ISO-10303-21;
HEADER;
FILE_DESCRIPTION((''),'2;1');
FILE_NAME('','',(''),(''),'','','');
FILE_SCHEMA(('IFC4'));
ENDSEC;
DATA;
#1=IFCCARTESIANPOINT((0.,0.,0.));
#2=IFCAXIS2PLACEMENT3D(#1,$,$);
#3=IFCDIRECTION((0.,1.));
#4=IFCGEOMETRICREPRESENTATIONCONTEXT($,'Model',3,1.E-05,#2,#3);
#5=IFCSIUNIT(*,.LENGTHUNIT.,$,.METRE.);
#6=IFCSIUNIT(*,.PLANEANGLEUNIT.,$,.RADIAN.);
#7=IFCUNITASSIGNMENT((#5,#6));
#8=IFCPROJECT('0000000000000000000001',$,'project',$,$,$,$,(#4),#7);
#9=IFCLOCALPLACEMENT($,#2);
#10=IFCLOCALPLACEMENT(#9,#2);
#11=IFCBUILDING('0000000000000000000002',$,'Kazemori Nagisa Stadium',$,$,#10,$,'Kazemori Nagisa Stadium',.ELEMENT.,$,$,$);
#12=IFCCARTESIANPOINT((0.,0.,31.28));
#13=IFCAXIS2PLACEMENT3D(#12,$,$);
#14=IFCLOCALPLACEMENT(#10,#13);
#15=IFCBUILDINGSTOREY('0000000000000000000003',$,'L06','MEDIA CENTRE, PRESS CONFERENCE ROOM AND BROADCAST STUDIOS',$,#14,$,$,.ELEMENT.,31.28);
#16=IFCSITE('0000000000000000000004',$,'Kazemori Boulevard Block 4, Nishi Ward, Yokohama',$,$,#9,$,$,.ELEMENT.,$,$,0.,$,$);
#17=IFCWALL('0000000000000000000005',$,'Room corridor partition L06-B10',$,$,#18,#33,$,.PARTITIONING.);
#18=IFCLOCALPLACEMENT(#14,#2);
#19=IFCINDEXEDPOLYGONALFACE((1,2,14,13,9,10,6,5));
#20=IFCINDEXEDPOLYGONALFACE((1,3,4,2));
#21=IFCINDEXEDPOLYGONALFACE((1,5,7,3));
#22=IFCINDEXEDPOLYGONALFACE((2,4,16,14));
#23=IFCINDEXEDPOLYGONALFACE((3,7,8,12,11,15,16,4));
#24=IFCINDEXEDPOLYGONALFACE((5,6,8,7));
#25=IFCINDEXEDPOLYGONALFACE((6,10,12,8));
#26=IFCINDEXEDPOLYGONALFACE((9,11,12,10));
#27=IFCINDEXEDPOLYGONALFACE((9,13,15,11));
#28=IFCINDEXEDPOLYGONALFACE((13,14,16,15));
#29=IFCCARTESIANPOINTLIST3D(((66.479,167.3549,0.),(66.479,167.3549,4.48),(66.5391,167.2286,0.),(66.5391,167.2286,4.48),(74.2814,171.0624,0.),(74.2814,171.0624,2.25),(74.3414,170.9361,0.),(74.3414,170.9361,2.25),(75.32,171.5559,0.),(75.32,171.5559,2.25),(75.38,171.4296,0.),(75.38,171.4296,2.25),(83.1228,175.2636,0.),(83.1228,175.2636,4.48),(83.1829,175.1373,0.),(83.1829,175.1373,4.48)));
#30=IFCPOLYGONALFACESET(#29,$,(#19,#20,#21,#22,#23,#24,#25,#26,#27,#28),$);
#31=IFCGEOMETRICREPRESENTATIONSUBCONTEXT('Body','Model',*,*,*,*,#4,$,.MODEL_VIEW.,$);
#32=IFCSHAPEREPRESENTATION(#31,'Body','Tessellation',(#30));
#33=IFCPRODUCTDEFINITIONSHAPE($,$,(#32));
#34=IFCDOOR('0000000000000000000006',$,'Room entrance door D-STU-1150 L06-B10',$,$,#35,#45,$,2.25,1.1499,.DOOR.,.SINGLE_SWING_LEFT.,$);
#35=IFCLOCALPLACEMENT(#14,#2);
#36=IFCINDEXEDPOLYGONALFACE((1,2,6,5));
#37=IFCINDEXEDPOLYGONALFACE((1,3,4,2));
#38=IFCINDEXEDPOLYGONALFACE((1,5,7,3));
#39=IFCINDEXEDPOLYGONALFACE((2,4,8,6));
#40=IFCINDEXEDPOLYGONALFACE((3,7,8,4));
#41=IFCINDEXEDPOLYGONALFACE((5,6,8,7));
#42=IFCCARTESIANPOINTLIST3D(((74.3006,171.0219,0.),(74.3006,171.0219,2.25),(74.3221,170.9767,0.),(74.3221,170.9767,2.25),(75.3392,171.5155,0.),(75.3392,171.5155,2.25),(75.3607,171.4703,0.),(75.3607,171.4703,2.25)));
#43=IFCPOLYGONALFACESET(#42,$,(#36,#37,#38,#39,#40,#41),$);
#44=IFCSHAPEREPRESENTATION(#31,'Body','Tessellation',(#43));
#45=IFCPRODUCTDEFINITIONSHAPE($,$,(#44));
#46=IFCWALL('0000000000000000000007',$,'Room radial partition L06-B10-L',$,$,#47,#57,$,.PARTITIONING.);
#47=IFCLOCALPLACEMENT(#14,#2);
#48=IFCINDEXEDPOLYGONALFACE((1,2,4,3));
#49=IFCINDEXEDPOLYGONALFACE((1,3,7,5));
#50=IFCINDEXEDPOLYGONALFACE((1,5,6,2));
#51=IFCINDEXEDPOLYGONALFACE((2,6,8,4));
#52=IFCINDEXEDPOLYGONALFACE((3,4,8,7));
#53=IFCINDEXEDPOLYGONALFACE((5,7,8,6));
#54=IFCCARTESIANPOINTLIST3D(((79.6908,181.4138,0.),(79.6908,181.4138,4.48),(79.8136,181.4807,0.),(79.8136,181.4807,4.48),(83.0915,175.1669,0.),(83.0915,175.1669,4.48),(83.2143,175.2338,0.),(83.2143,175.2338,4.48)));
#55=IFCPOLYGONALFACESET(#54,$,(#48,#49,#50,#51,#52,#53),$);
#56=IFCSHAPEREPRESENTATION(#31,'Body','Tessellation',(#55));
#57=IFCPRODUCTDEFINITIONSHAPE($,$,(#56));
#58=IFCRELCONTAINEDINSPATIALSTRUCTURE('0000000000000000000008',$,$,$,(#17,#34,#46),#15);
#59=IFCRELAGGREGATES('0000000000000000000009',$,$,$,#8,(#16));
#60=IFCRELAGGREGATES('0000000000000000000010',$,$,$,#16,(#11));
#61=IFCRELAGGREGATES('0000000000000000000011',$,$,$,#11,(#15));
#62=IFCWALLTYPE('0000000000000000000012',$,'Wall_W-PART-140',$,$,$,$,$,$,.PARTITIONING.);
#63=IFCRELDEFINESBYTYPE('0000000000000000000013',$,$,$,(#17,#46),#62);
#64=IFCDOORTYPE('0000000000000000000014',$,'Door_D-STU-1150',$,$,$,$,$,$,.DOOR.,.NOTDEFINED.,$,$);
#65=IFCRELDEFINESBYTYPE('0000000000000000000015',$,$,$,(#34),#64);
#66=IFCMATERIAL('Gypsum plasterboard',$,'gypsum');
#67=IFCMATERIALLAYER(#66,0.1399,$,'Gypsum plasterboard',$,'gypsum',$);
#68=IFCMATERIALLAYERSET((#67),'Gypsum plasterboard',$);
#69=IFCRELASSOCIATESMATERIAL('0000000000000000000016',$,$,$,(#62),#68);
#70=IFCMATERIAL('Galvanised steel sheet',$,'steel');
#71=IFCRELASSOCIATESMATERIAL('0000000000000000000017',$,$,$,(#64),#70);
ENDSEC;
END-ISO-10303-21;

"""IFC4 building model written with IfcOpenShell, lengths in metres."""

from ifc_helpers import new_model, si_unit, direction, frame, frame_2d, origin, place, context, subcontext, project, spatial, rectangle, extrude, material, layer, layer_set, type_object, element, fill, save


model = new_model("IFC4")

# Units and contexts
model_context = context("Model", 3, precision=1e-05, world=origin(), true_north=direction((0.0, 1.0)))
body_context = subcontext(model_context, "Body", "Model", "MODEL_VIEW")
ifc_project = project(units=[si_unit("LENGTHUNIT", "METRE"), si_unit("PLANEANGLEUNIT", "RADIAN")], contexts=[model_context])

# Site, building, storey
site_placement = place(None, origin())
site = spatial("IfcSite", under=ifc_project, at=site_placement, Name="Kazemori Boulevard Block 4, Nishi Ward, Yokohama", CompositionType="ELEMENT", RefElevation=0.0)
building_placement = place(site_placement, origin())
building = spatial("IfcBuilding", under=site, at=building_placement, Name="Kazemori Nagisa Stadium", LongName="Kazemori Nagisa Stadium", CompositionType="ELEMENT")
storey_placement = place(building_placement, frame((0.0, 0.0, 31.28)))
storey = spatial("IfcBuildingStorey", under=building, at=storey_placement, Name="L06", Description="MEDIA CENTRE, PRESS CONFERENCE ROOM AND BROADCAST STUDIOS", CompositionType="ELEMENT", Elevation=31.28)

# Shared definitions
ifc_material_1 = material(Name="Gypsum plasterboard", Category="gypsum")
ifc_layer_1 = layer(ifc_material_1, 0.1399, Name="Gypsum plasterboard", Category="gypsum")
ifc_layer_set_1 = layer_set([ifc_layer_1], Name="Gypsum plasterboard")
wall_type = type_object("IfcWallType", Name="Wall_W-PART-140", PredefinedType="PARTITIONING", material=ifc_layer_set_1)

# Wall, opening, door
wall_1_placement = place(storey_placement, frame((83.1528, 175.2004, 0.0), z_axis=(0.0, 0.0, 1.0), x_axis=(-0.903217, -0.429185, 0.0)))
wall_1 = element("IfcWall", 1, at=wall_1_placement, inside=storey, type_object=wall_type, Name="Room corridor partition L06-B10", PredefinedType="PARTITIONING", context=body_context, shape_type="SweptSolid", body=[
    extrude(rectangle(XDim=18.4272, YDim=0.1399, at=frame_2d((9.2136, 0.0))), origin(), (0.0, 0.0, 1.0), 4.48),
])
opening_placement = place(wall_1_placement, frame((8.6389, 0.0, 0.0)))
opening = element("IfcOpeningElement", 2, at=opening_placement, cuts=wall_1, PredefinedType="OPENING", context=body_context, shape_type="SweptSolid", body=[
    extrude(rectangle(XDim=1.1499, YDim=2.25, at=frame_2d((0.575, 1.125))), frame((0.0, 0.0798, 0.0), z_axis=(0.0, -1.0, 0.0), x_axis=(1.0, 0.0, 0.0)), (0.0, 0.0, 1.0), 0.1599),
])
ifc_material_2 = material(Name="Galvanised steel sheet", Category="steel")
door_type = type_object("IfcDoorType", Name="Door_D-STU-1150", OperationType="NOTDEFINED", PredefinedType="DOOR", material=ifc_material_2)
door_placement = place(opening_placement, origin())
door = element("IfcDoor", 3, at=door_placement, inside=storey, type_object=door_type, Name="Room entrance door D-STU-1150 L06-B10", OperationType="SINGLE_SWING_LEFT", OverallHeight=2.25, OverallWidth=1.1499, PredefinedType="DOOR", context=body_context, shape_type="SweptSolid", body=[
    extrude(rectangle(XDim=1.1499, YDim=2.25, at=frame_2d((0.575, 1.125))), frame((0.0, 0.0249, 0.0), z_axis=(0.0, -1.0, 0.0), x_axis=(1.0, 0.0, 0.0)), (0.0, 0.0, 1.0), 0.05),
])
fill(opening, door)

# Wall
wall_2_placement = place(storey_placement, frame((83.1528, 175.2004, 0.0), z_axis=(0.0, 0.0, 1.0), x_axis=(-0.478123, 0.878293, 0.0)))
element("IfcWall", 4, at=wall_2_placement, inside=storey, type_object=wall_type, Name="Room radial partition L06-B10-L", PredefinedType="PARTITIONING", context=body_context, shape_type="SweptSolid", body=[
    extrude(rectangle(XDim=7.1125, YDim=0.1399, at=frame_2d((3.5562, 0.0))), origin(), (0.0, 0.0, 1.0), 4.48),
])

save(model, "model.ifc")
